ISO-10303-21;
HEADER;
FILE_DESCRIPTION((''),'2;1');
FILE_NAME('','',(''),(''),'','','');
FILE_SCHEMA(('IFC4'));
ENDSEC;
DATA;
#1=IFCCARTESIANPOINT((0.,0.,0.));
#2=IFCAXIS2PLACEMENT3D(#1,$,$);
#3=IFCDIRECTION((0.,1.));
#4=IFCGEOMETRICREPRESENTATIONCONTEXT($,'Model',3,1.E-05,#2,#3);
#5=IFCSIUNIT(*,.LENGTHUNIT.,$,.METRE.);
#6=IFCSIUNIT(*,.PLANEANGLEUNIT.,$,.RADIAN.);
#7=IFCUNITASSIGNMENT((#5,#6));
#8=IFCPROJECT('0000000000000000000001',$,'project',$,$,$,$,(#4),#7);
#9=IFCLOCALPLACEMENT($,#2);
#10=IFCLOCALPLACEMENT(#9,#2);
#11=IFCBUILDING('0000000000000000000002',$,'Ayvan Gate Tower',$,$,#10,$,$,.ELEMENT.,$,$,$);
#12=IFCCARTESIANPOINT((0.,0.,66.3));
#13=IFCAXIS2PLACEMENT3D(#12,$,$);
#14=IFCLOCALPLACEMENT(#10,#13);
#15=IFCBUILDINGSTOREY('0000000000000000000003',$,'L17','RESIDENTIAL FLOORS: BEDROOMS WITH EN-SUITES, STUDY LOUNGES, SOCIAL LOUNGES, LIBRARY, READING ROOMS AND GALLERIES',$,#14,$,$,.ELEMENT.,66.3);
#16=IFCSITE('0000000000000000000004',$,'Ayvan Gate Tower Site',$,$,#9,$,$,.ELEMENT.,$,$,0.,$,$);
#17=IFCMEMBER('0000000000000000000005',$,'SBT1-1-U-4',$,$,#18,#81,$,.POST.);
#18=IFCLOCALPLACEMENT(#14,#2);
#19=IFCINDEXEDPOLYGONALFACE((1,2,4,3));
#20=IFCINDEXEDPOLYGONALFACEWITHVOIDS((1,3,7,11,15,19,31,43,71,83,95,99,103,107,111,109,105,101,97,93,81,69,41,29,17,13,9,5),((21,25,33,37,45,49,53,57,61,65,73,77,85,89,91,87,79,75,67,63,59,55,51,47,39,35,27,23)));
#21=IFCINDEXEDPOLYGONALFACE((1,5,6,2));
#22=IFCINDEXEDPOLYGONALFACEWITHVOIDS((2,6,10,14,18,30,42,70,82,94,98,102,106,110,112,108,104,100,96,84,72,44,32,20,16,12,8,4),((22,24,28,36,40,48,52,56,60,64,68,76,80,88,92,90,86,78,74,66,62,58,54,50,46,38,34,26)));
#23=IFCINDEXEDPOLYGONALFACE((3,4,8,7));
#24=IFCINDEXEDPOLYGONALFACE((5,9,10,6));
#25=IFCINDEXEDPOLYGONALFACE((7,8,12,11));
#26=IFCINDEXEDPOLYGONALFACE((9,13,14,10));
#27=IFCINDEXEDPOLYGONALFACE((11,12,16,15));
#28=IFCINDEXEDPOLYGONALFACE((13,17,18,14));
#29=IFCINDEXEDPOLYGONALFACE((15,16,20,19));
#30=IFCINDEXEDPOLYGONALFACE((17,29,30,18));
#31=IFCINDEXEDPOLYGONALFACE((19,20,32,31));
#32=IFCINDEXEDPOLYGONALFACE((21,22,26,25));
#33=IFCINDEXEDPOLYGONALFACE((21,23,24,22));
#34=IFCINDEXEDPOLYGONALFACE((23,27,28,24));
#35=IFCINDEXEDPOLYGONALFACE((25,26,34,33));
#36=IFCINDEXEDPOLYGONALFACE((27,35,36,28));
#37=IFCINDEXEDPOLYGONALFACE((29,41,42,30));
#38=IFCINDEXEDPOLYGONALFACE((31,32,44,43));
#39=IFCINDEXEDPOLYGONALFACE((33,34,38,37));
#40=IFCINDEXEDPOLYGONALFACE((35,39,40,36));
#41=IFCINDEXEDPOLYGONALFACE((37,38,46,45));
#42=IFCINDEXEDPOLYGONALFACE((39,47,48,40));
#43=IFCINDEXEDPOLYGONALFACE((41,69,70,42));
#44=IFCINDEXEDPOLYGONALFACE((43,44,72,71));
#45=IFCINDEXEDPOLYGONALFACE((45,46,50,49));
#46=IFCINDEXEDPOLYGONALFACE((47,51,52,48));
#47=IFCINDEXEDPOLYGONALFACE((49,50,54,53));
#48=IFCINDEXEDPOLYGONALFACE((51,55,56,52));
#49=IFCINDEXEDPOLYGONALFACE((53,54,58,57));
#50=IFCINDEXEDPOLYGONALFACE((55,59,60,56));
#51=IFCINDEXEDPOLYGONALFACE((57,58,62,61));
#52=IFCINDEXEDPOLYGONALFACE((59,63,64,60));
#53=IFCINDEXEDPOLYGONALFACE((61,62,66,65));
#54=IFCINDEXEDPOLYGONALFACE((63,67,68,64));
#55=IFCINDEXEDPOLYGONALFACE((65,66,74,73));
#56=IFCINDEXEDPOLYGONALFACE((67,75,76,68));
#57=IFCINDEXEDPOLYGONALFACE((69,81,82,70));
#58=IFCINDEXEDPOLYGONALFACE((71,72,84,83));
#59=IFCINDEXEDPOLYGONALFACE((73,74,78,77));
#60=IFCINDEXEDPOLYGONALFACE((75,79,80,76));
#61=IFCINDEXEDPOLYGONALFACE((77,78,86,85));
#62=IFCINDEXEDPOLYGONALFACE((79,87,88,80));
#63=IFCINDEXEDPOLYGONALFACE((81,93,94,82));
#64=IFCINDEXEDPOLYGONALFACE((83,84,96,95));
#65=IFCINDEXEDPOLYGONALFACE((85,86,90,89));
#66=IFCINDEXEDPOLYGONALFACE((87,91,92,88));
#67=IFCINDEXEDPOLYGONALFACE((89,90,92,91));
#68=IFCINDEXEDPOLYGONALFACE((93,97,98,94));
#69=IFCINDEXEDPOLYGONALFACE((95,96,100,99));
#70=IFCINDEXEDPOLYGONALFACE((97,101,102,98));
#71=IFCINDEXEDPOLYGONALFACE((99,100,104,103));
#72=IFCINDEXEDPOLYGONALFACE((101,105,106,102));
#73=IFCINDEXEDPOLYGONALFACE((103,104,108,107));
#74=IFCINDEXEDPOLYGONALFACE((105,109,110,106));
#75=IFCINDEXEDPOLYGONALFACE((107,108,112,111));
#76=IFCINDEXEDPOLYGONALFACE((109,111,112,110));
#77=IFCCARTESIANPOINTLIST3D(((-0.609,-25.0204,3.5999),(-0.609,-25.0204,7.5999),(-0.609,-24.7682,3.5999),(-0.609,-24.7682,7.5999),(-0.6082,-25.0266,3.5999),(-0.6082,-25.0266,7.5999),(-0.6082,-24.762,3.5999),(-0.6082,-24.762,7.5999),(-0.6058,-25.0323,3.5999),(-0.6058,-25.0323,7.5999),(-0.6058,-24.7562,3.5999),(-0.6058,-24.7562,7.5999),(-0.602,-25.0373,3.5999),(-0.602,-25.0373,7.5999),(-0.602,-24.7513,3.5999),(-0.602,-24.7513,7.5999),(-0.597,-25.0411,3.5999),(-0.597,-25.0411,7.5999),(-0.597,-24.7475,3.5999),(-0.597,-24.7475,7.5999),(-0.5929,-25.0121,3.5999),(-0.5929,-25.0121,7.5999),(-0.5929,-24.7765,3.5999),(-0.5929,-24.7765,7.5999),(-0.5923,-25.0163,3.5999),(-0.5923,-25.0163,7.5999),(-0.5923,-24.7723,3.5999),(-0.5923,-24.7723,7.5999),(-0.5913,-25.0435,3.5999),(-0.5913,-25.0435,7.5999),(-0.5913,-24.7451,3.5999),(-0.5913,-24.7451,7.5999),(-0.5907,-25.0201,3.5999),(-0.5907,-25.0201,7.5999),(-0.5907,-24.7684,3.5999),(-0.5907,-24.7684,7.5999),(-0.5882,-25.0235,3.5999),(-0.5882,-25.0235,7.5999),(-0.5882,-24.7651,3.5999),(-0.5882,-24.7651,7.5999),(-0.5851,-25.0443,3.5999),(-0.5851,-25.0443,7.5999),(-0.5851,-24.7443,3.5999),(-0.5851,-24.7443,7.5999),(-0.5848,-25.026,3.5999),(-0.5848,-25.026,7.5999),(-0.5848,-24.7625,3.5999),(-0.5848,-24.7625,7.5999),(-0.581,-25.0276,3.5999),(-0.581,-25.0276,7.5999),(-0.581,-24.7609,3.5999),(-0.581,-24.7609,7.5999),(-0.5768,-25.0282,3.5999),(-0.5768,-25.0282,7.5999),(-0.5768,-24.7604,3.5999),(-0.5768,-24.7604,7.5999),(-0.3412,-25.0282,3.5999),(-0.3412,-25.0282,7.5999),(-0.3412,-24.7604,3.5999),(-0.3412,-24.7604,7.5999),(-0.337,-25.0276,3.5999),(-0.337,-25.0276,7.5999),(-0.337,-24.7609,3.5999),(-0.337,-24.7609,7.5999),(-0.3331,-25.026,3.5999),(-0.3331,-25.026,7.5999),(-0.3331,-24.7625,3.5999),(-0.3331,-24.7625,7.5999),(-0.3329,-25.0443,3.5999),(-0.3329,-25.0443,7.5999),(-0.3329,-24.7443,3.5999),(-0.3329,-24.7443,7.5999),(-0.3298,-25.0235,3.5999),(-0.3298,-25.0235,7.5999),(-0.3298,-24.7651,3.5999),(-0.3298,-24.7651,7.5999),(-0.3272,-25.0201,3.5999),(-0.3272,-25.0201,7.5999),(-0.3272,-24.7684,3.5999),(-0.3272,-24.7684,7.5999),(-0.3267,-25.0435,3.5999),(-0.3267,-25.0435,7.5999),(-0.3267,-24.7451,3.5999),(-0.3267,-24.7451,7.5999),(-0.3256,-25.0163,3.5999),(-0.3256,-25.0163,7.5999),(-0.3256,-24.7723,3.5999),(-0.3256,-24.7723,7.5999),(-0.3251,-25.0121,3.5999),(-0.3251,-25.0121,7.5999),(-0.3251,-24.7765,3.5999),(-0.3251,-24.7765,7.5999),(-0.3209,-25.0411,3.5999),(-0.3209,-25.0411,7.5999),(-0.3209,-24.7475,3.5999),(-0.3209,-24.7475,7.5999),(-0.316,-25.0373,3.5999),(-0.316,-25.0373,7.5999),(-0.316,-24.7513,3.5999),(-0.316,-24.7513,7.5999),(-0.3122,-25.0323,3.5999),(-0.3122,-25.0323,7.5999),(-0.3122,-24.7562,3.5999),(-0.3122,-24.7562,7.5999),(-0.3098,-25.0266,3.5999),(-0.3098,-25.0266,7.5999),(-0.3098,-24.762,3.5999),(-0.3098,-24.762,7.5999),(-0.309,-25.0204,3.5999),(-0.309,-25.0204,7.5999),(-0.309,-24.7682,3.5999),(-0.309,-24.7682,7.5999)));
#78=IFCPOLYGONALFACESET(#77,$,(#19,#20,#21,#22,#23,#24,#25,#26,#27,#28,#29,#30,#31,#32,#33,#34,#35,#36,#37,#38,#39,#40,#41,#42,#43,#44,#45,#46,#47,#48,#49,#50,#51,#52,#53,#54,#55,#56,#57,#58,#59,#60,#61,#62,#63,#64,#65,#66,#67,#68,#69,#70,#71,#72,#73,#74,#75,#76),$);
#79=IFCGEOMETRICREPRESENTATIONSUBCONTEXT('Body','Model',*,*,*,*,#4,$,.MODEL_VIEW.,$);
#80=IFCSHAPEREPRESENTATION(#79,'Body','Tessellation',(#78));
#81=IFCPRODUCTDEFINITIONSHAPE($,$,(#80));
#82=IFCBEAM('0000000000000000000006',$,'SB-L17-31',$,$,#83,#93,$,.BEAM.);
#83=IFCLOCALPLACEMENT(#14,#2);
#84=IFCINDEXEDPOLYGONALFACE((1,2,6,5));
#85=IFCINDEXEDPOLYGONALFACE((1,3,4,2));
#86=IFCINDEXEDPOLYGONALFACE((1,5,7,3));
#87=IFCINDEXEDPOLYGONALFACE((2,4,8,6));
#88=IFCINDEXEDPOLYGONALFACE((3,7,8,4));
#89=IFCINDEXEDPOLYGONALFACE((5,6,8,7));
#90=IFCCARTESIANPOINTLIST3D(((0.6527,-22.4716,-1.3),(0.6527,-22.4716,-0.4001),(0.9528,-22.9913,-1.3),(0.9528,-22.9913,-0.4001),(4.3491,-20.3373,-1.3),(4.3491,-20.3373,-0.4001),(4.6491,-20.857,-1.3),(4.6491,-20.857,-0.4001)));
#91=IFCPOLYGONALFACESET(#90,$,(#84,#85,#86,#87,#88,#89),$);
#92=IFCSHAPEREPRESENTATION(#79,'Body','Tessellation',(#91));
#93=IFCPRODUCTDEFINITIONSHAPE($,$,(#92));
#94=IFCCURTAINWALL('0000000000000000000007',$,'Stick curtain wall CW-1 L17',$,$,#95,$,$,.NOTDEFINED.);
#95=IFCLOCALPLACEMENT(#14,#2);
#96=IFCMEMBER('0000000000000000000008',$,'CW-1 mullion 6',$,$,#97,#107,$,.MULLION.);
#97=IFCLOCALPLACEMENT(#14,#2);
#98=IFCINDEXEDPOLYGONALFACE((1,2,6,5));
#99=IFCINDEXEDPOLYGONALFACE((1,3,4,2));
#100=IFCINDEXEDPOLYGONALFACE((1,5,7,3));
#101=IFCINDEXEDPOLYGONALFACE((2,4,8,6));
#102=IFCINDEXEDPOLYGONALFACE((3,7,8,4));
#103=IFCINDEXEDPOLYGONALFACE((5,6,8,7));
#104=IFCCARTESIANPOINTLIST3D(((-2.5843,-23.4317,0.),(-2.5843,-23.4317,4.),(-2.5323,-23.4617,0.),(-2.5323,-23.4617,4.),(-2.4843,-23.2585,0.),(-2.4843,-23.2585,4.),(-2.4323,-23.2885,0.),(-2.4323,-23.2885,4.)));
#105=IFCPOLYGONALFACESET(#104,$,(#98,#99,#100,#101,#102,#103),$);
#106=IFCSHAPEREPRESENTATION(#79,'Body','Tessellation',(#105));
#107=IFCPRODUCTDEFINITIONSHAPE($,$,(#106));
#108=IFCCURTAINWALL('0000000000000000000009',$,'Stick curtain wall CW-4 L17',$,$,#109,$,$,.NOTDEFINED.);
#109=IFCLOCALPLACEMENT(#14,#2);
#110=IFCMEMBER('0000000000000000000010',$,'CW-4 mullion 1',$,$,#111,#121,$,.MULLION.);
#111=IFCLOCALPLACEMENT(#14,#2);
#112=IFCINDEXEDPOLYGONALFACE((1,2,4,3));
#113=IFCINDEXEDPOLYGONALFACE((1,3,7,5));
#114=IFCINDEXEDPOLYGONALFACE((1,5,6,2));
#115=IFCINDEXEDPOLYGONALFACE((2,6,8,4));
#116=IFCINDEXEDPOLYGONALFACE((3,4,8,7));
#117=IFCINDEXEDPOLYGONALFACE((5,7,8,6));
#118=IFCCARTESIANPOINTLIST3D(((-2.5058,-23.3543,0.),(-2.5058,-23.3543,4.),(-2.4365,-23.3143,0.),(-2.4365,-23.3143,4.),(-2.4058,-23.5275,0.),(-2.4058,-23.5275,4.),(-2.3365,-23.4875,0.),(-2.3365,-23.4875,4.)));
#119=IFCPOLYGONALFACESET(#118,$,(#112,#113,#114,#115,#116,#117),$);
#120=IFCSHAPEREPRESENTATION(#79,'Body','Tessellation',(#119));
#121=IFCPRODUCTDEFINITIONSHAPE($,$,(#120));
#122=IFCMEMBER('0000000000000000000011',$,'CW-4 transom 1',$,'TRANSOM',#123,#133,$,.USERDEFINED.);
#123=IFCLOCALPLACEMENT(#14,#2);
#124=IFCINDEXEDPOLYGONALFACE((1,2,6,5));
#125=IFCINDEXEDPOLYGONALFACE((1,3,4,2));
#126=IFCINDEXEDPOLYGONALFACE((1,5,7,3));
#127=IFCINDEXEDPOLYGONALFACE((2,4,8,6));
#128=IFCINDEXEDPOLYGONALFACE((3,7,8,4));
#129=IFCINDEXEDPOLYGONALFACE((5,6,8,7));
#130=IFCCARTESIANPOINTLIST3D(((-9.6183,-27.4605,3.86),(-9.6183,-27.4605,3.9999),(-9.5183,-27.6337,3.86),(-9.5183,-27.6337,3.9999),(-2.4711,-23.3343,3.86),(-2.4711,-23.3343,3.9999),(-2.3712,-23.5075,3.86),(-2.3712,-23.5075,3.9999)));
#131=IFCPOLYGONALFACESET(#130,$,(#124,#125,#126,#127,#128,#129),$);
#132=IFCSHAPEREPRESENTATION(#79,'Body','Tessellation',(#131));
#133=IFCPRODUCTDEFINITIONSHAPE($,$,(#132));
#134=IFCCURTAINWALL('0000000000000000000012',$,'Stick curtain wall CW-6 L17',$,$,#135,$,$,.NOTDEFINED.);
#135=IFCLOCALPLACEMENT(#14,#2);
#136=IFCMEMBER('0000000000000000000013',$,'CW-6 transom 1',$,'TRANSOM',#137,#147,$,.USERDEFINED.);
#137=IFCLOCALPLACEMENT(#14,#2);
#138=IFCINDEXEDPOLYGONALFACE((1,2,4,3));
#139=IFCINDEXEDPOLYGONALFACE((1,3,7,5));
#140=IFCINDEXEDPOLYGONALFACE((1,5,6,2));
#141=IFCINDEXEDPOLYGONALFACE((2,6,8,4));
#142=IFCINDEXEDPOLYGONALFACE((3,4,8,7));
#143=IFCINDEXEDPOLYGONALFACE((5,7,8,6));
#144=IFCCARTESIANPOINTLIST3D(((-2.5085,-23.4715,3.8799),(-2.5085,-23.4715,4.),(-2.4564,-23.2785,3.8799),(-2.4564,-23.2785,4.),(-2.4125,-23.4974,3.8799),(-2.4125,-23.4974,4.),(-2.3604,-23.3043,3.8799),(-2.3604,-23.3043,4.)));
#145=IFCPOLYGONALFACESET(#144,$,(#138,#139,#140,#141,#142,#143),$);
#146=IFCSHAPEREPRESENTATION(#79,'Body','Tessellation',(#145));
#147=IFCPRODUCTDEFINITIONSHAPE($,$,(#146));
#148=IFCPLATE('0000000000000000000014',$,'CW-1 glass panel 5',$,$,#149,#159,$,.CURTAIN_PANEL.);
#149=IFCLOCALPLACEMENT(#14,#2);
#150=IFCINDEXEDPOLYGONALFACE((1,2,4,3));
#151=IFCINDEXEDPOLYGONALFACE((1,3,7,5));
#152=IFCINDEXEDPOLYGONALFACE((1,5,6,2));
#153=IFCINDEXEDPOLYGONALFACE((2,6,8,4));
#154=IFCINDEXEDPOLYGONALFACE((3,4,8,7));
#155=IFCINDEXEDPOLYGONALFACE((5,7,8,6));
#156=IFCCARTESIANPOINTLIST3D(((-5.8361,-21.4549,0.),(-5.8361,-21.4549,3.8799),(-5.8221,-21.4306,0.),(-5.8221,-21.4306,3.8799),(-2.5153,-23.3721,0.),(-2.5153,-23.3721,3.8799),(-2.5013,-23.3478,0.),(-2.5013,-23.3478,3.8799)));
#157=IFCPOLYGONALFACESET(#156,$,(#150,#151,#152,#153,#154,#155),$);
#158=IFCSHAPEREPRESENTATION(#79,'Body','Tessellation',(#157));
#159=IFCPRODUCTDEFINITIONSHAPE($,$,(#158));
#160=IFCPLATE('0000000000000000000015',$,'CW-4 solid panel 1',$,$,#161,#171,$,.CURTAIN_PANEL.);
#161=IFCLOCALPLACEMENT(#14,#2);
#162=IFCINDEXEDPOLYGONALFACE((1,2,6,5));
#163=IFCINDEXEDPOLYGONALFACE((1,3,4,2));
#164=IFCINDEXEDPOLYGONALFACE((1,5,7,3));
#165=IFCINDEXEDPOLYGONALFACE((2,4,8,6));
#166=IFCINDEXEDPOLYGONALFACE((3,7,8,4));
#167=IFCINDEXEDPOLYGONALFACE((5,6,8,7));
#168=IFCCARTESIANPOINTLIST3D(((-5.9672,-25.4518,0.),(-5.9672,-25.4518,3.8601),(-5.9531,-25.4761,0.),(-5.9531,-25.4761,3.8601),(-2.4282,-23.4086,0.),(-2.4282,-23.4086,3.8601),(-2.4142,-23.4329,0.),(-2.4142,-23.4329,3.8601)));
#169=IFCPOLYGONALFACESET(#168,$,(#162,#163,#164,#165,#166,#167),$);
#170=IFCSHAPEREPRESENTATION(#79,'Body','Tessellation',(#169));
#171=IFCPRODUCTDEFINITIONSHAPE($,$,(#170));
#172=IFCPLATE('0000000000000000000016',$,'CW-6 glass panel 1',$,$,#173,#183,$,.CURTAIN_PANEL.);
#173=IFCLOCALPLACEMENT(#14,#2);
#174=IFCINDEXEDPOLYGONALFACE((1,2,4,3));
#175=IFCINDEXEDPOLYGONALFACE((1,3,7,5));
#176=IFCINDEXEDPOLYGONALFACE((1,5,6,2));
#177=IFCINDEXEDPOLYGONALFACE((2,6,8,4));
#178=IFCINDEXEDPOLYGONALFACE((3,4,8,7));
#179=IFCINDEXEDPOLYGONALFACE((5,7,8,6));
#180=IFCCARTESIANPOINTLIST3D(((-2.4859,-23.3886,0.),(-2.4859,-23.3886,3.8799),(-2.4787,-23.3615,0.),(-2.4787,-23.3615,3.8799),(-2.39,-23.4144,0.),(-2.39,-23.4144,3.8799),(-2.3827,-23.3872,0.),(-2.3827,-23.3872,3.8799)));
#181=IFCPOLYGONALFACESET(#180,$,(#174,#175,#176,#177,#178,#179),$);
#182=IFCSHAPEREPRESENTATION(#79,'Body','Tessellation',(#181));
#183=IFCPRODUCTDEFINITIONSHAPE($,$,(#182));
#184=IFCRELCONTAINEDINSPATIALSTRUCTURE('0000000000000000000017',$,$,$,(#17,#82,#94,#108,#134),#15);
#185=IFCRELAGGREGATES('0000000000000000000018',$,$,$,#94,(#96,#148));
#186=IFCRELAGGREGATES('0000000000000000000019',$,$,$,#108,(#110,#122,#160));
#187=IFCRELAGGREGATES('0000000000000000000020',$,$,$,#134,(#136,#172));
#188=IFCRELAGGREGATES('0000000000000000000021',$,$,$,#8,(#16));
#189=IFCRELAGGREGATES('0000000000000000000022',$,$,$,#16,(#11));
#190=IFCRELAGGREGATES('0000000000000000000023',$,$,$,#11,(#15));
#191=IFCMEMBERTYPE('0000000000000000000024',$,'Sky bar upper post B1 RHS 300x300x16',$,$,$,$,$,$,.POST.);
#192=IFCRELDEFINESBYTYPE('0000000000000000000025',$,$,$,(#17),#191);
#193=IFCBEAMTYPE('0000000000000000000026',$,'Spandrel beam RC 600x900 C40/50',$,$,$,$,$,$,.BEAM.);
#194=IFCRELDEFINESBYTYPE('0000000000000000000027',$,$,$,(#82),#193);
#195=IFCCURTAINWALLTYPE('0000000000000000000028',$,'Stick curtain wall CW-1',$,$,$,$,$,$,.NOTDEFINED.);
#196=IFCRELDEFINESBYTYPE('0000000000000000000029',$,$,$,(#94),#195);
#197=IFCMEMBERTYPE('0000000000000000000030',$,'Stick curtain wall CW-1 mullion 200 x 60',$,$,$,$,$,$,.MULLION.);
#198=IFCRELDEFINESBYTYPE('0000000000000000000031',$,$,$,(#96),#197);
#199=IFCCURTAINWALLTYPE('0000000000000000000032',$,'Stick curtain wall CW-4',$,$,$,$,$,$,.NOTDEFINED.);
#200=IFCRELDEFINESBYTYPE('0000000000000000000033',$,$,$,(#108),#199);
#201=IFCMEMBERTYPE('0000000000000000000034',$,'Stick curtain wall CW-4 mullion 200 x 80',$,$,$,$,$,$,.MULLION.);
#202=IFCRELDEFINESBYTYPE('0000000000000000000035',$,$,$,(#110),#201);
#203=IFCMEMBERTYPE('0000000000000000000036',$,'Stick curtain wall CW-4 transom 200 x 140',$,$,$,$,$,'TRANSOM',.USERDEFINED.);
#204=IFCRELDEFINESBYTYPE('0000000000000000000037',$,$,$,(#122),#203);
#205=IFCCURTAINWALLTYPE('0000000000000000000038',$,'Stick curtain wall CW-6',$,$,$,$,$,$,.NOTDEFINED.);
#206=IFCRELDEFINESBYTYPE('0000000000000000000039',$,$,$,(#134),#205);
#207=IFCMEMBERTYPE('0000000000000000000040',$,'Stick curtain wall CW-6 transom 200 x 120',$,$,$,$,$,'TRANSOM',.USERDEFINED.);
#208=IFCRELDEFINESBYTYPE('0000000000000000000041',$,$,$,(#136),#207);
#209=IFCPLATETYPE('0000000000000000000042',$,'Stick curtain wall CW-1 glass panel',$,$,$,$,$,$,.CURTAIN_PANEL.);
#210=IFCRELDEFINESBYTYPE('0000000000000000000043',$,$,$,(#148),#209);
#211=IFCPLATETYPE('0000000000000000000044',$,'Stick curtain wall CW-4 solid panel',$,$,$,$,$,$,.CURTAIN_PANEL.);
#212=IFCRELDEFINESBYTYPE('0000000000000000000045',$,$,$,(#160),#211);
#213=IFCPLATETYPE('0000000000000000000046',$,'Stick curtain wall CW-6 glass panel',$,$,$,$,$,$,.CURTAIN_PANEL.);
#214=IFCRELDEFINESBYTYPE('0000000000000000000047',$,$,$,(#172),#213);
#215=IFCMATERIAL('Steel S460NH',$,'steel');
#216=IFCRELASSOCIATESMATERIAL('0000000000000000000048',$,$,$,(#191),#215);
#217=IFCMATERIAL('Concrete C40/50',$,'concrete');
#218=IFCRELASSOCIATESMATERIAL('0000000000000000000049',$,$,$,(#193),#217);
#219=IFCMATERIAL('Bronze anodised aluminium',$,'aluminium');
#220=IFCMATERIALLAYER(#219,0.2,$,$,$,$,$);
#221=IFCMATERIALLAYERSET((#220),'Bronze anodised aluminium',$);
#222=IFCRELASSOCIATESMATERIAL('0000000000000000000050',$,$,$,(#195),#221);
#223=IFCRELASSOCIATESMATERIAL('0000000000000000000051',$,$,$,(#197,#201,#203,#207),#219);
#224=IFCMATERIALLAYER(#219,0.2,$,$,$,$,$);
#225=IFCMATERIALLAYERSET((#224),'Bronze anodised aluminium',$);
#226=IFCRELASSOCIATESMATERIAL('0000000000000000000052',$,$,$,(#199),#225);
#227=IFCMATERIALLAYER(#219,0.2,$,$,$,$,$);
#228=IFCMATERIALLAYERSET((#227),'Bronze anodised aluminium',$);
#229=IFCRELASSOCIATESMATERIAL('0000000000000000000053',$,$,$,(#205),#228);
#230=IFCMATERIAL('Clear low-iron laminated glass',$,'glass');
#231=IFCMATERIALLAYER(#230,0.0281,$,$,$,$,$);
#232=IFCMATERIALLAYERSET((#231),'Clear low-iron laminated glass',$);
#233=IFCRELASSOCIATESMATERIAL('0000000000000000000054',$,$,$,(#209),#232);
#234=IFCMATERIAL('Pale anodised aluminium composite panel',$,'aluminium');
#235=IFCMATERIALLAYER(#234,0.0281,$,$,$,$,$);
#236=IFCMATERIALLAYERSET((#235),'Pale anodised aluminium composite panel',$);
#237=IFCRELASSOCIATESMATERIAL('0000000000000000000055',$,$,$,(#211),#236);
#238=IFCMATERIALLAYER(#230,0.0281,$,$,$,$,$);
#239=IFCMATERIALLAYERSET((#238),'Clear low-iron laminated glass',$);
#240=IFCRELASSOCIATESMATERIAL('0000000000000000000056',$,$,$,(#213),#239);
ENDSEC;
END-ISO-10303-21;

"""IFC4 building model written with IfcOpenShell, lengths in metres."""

from ifc_helpers import new_model, si_unit, direction, frame, origin, origin_2d, place, context, subcontext, project, spatial, rectangle, hollow_rectangle, extrude, material, layer, layer_set, material_profile, profile_set, type_object, element, aggregate, save


model = new_model("IFC4")

# Units and contexts
model_context = context("Model", 3, precision=1e-05, world=origin(), true_north=direction((0.0, 1.0)))
body_context = subcontext(model_context, "Body", "Model", "MODEL_VIEW")
ifc_project = project(units=[si_unit("LENGTHUNIT", "METRE"), si_unit("PLANEANGLEUNIT", "RADIAN")], contexts=[model_context])

# Site, building, storey
site_placement = place(None, origin())
site = spatial("IfcSite", under=ifc_project, at=site_placement, Name="Ayvan Gate Tower Site", CompositionType="ELEMENT", RefElevation=0.0)
building_placement = place(site_placement, origin())
building = spatial("IfcBuilding", under=site, at=building_placement, Name="Ayvan Gate Tower", CompositionType="ELEMENT")
storey_placement = place(building_placement, frame((0.0, 0.0, 66.3)))
storey = spatial("IfcBuildingStorey", under=building, at=storey_placement, Name="L17", Description="RESIDENTIAL FLOORS: BEDROOMS WITH EN-SUITES, STUDY LOUNGES, SOCIAL LOUNGES, LIBRARY, READING ROOMS AND GALLERIES", CompositionType="ELEMENT", Elevation=66.3)

# Shared definitions
ifc_material_1 = material(Name="Concrete C40/50", Category="concrete")

# Member
ifc_material_2 = material(Name="Steel S460NH", Category="steel")
ifc_material_profile_1 = material_profile(ifc_material_2, hollow_rectangle(XDim=0.3, YDim=0.3, WallThickness=0.0161, InnerFilletRadius=0.0161, OuterFilletRadius=0.0239, at=origin_2d()), Name="RHS 300x300x16")
ifc_profile_set_1 = profile_set([ifc_material_profile_1], Name="Steel S460NH")
member_type_1 = type_object("IfcMemberType", Name="Sky bar upper post B1 RHS 300x300x16", PredefinedType="POST", material=ifc_profile_set_1)
for number, where, z_axis, x_axis, name in (
    (1, (-0.459, -24.8943, 3.5999), (0.0, 0.0, 1.0), (1.0, 0.0, 0.0), "SBT1-1-U-4"),
):
    element("IfcMember", number, at=place(storey_placement, frame(where, z_axis=z_axis, x_axis=x_axis)), inside=storey, type_object=member_type_1, Name=name, PredefinedType="POST", context=body_context, shape_type="SweptSolid", body=[
        extrude(hollow_rectangle(XDim=0.3, YDim=0.3, WallThickness=0.0161, InnerFilletRadius=0.0161, OuterFilletRadius=0.0239, at=origin_2d()), origin(), (0.0, 0.0, 1.0), 4.0),
    ])

# Beam
ifc_material_profile_2 = material_profile(ifc_material_1, rectangle(XDim=0.6001, YDim=0.8999, at=origin_2d()), Name="RC 600x900")
ifc_profile_set_2 = profile_set([ifc_material_profile_2], Name="Concrete C40/50")
beam_type_1 = type_object("IfcBeamType", Name="Spandrel beam RC 600x900 C40/50", PredefinedType="BEAM", material=ifc_profile_set_2)
beam_1_placement = place(storey_placement, frame((0.8027, -22.7314, -0.8501), z_axis=(0.866003, 0.500039, 0.0), x_axis=(-0.500039, 0.866003, 0.0)))
element("IfcBeam", 2, at=beam_1_placement, inside=storey, type_object=beam_type_1, Name="SB-L17-31", PredefinedType="BEAM", context=body_context, shape_type="SweptSolid", body=[
    extrude(rectangle(XDim=0.6001, YDim=0.8999, at=origin_2d()), origin(), (0.0, 0.0, 1.0), 4.2683),
])

# Curtain wall, member
ifc_material_3 = material(Name="Bronze anodised aluminium", Category="aluminium")
ifc_layer_1 = layer(ifc_material_3, 0.2)
ifc_layer_set_1 = layer_set([ifc_layer_1], Name="Bronze anodised aluminium")
curtain_wall_type_1 = type_object("IfcCurtainWallType", Name="Stick curtain wall CW-1", PredefinedType="NOTDEFINED", material=ifc_layer_set_1)
curtain_wall_1_placement = place(storey_placement, origin())
curtain_wall_1 = element("IfcCurtainWall", 3, at=curtain_wall_1_placement, inside=storey, type_object=curtain_wall_type_1, Name="Stick curtain wall CW-1 L17", PredefinedType="NOTDEFINED")
ifc_material_profile_3 = material_profile(ifc_material_3, rectangle(XDim=0.2, YDim=0.0601, at=origin_2d()), Name="Stick curtain wall CW-1 mullion 200 x 60")
ifc_profile_set_3 = profile_set([ifc_material_profile_3], Name="Bronze anodised aluminium")
member_type_2 = type_object("IfcMemberType", Name="Stick curtain wall CW-1 mullion 200 x 60", PredefinedType="MULLION", material=ifc_profile_set_3)
member_1_placement = place(storey_placement, frame((-2.5083, -23.3601, 0.0), z_axis=(0.0, 0.0, 1.0), x_axis=(-0.5, -0.866025, 0.0)))
member_1 = element("IfcMember", 4, at=member_1_placement, type_object=member_type_2, Name="CW-1 mullion 6", PredefinedType="MULLION", context=body_context, shape_type="SweptSolid", body=[
    extrude(rectangle(XDim=0.2, YDim=0.0601, at=origin_2d()), origin(), (0.0, 0.0, 1.0), 4.0),
])

# Curtain wall, members
ifc_layer_2 = layer(ifc_material_3, 0.2)
ifc_layer_set_2 = layer_set([ifc_layer_2], Name="Bronze anodised aluminium")
curtain_wall_type_2 = type_object("IfcCurtainWallType", Name="Stick curtain wall CW-4", PredefinedType="NOTDEFINED", material=ifc_layer_set_2)
curtain_wall_2_placement = place(storey_placement, origin())
curtain_wall_2 = element("IfcCurtainWall", 5, at=curtain_wall_2_placement, inside=storey, type_object=curtain_wall_type_2, Name="Stick curtain wall CW-4 L17", PredefinedType="NOTDEFINED")
ifc_material_profile_4 = material_profile(ifc_material_3, rectangle(XDim=0.2, YDim=0.0801, at=origin_2d()), Name="Stick curtain wall CW-4 mullion 200 x 80")
ifc_profile_set_4 = profile_set([ifc_material_profile_4], Name="Bronze anodised aluminium")
member_type_3 = type_object("IfcMemberType", Name="Stick curtain wall CW-4 mullion 200 x 80", PredefinedType="MULLION", material=ifc_profile_set_4)
member_2_placement = place(storey_placement, frame((-2.4211, -23.4209, 0.0), z_axis=(0.0, 0.0, 1.0), x_axis=(-0.5, 0.866025, 0.0)))
member_2 = element("IfcMember", 6, at=member_2_placement, type_object=member_type_3, Name="CW-4 mullion 1", PredefinedType="MULLION", context=body_context, shape_type="SweptSolid", body=[
    extrude(rectangle(XDim=0.2, YDim=0.0801, at=origin_2d()), origin(), (0.0, 0.0, 1.0), 4.0),
])
ifc_material_profile_5 = material_profile(ifc_material_3, rectangle(XDim=0.2, YDim=0.1399, at=origin_2d()), Name="Stick curtain wall CW-4 transom 200 x 140")
ifc_profile_set_5 = profile_set([ifc_material_profile_5], Name="Bronze anodised aluminium")
member_type_4 = type_object("IfcMemberType", Name="Stick curtain wall CW-4 transom 200 x 140", ElementType="TRANSOM", PredefinedType="USERDEFINED", material=ifc_profile_set_5)
member_3_placement = place(storey_placement, frame((-2.4211, -23.4209, 3.9299), z_axis=(-0.866037, -0.499979, 0.0), x_axis=(0.499979, -0.866037, 0.0)))
member_3 = element("IfcMember", 7, at=member_3_placement, type_object=member_type_4, Name="CW-4 transom 1", ObjectType="TRANSOM", PredefinedType="USERDEFINED", context=body_context, shape_type="SweptSolid", body=[
    extrude(rectangle(XDim=0.2, YDim=0.1399, at=origin_2d()), origin(), (0.0, 0.0, 1.0), 8.2527),
])

# Curtain wall, member
ifc_layer_3 = layer(ifc_material_3, 0.2)
ifc_layer_set_3 = layer_set([ifc_layer_3], Name="Bronze anodised aluminium")
curtain_wall_type_3 = type_object("IfcCurtainWallType", Name="Stick curtain wall CW-6", PredefinedType="NOTDEFINED", material=ifc_layer_set_3)
curtain_wall_3_placement = place(storey_placement, origin())
curtain_wall_3 = element("IfcCurtainWall", 8, at=curtain_wall_3_placement, inside=storey, type_object=curtain_wall_type_3, Name="Stick curtain wall CW-6 L17", PredefinedType="NOTDEFINED")
ifc_material_profile_6 = material_profile(ifc_material_3, rectangle(XDim=0.2, YDim=0.1201, at=origin_2d()), Name="Stick curtain wall CW-6 transom 200 x 120")
ifc_profile_set_6 = profile_set([ifc_material_profile_6], Name="Bronze anodised aluminium")
member_type_5 = type_object("IfcMemberType", Name="Stick curtain wall CW-6 transom 200 x 120", ElementType="TRANSOM", PredefinedType="USERDEFINED", material=ifc_profile_set_6)
member_4_placement = place(storey_placement, frame((-2.4824, -23.375, 3.9399), z_axis=(0.965497, -0.260414, 0.0), x_axis=(0.260414, 0.965497, 0.0)))
member_4 = element("IfcMember", 9, at=member_4_placement, type_object=member_type_5, Name="CW-6 transom 1", ObjectType="TRANSOM", PredefinedType="USERDEFINED", context=body_context, shape_type="SweptSolid", body=[
    extrude(rectangle(XDim=0.2, YDim=0.1201, at=origin_2d()), origin(), (0.0, 0.0, 1.0), 0.0994),
])

# Plates
ifc_material_4 = material(Name="Clear low-iron laminated glass", Category="glass")
ifc_layer_4 = layer(ifc_material_4, 0.0281)
ifc_layer_set_4 = layer_set([ifc_layer_4], Name="Clear low-iron laminated glass")
plate_type_1 = type_object("IfcPlateType", Name="Stick curtain wall CW-1 glass panel", PredefinedType="CURTAIN_PANEL", material=ifc_layer_set_4)
plate_1_placement = place(storey_placement, frame((-4.1687, -22.4014, 0.0), z_axis=(0.0, 0.0, 1.0), x_axis=(0.866025, -0.5, 0.0)))
plate_1 = element("IfcPlate", 10, at=plate_1_placement, type_object=plate_type_1, Name="CW-1 glass panel 5", PredefinedType="CURTAIN_PANEL", context=body_context, shape_type="SweptSolid", body=[
    extrude(rectangle(XDim=3.8345, YDim=0.0281, at=origin_2d()), origin(), (0.0, 0.0, 1.0), 3.8799),
])
aggregate(curtain_wall_1, [member_1, plate_1])
ifc_material_5 = material(Name="Pale anodised aluminium composite panel", Category="aluminium")
ifc_layer_5 = layer(ifc_material_5, 0.0281)
ifc_layer_set_5 = layer_set([ifc_layer_5], Name="Pale anodised aluminium composite panel")
plate_type_2 = type_object("IfcPlateType", Name="Stick curtain wall CW-4 solid panel", PredefinedType="CURTAIN_PANEL", material=ifc_layer_set_5)
plate_2_placement = place(storey_placement, frame((-4.1907, -24.4424, 0.0), z_axis=(0.0, 0.0, 1.0), x_axis=(-0.866025, -0.5, 0.0)))
plate_2 = element("IfcPlate", 11, at=plate_2_placement, type_object=plate_type_2, Name="CW-4 solid panel 1", PredefinedType="CURTAIN_PANEL", context=body_context, shape_type="SweptSolid", body=[
    extrude(rectangle(XDim=4.0864, YDim=0.0281, at=origin_2d()), origin(), (0.0, 0.0, 1.0), 3.8601),
])
aggregate(curtain_wall_2, [member_2, member_3, plate_2])
ifc_layer_6 = layer(ifc_material_4, 0.0281)
ifc_layer_set_6 = layer_set([ifc_layer_6], Name="Clear low-iron laminated glass")
plate_type_3 = type_object("IfcPlateType", Name="Stick curtain wall CW-6 glass panel", PredefinedType="CURTAIN_PANEL", material=ifc_layer_set_6)
plate_3_placement = place(storey_placement, frame((-2.4343, -23.3879, 0.0), z_axis=(0.0, 0.0, 1.0), x_axis=(0.965926, -0.258819, 0.0)))
plate_3 = element("IfcPlate", 12, at=plate_3_placement, type_object=plate_type_3, Name="CW-6 glass panel 1", PredefinedType="CURTAIN_PANEL", context=body_context, shape_type="SweptSolid", body=[
    extrude(rectangle(XDim=0.0994, YDim=0.0281, at=origin_2d()), origin(), (0.0, 0.0, 1.0), 3.8799),
])
aggregate(curtain_wall_3, [member_4, plate_3])

save(model, "model.ifc")
